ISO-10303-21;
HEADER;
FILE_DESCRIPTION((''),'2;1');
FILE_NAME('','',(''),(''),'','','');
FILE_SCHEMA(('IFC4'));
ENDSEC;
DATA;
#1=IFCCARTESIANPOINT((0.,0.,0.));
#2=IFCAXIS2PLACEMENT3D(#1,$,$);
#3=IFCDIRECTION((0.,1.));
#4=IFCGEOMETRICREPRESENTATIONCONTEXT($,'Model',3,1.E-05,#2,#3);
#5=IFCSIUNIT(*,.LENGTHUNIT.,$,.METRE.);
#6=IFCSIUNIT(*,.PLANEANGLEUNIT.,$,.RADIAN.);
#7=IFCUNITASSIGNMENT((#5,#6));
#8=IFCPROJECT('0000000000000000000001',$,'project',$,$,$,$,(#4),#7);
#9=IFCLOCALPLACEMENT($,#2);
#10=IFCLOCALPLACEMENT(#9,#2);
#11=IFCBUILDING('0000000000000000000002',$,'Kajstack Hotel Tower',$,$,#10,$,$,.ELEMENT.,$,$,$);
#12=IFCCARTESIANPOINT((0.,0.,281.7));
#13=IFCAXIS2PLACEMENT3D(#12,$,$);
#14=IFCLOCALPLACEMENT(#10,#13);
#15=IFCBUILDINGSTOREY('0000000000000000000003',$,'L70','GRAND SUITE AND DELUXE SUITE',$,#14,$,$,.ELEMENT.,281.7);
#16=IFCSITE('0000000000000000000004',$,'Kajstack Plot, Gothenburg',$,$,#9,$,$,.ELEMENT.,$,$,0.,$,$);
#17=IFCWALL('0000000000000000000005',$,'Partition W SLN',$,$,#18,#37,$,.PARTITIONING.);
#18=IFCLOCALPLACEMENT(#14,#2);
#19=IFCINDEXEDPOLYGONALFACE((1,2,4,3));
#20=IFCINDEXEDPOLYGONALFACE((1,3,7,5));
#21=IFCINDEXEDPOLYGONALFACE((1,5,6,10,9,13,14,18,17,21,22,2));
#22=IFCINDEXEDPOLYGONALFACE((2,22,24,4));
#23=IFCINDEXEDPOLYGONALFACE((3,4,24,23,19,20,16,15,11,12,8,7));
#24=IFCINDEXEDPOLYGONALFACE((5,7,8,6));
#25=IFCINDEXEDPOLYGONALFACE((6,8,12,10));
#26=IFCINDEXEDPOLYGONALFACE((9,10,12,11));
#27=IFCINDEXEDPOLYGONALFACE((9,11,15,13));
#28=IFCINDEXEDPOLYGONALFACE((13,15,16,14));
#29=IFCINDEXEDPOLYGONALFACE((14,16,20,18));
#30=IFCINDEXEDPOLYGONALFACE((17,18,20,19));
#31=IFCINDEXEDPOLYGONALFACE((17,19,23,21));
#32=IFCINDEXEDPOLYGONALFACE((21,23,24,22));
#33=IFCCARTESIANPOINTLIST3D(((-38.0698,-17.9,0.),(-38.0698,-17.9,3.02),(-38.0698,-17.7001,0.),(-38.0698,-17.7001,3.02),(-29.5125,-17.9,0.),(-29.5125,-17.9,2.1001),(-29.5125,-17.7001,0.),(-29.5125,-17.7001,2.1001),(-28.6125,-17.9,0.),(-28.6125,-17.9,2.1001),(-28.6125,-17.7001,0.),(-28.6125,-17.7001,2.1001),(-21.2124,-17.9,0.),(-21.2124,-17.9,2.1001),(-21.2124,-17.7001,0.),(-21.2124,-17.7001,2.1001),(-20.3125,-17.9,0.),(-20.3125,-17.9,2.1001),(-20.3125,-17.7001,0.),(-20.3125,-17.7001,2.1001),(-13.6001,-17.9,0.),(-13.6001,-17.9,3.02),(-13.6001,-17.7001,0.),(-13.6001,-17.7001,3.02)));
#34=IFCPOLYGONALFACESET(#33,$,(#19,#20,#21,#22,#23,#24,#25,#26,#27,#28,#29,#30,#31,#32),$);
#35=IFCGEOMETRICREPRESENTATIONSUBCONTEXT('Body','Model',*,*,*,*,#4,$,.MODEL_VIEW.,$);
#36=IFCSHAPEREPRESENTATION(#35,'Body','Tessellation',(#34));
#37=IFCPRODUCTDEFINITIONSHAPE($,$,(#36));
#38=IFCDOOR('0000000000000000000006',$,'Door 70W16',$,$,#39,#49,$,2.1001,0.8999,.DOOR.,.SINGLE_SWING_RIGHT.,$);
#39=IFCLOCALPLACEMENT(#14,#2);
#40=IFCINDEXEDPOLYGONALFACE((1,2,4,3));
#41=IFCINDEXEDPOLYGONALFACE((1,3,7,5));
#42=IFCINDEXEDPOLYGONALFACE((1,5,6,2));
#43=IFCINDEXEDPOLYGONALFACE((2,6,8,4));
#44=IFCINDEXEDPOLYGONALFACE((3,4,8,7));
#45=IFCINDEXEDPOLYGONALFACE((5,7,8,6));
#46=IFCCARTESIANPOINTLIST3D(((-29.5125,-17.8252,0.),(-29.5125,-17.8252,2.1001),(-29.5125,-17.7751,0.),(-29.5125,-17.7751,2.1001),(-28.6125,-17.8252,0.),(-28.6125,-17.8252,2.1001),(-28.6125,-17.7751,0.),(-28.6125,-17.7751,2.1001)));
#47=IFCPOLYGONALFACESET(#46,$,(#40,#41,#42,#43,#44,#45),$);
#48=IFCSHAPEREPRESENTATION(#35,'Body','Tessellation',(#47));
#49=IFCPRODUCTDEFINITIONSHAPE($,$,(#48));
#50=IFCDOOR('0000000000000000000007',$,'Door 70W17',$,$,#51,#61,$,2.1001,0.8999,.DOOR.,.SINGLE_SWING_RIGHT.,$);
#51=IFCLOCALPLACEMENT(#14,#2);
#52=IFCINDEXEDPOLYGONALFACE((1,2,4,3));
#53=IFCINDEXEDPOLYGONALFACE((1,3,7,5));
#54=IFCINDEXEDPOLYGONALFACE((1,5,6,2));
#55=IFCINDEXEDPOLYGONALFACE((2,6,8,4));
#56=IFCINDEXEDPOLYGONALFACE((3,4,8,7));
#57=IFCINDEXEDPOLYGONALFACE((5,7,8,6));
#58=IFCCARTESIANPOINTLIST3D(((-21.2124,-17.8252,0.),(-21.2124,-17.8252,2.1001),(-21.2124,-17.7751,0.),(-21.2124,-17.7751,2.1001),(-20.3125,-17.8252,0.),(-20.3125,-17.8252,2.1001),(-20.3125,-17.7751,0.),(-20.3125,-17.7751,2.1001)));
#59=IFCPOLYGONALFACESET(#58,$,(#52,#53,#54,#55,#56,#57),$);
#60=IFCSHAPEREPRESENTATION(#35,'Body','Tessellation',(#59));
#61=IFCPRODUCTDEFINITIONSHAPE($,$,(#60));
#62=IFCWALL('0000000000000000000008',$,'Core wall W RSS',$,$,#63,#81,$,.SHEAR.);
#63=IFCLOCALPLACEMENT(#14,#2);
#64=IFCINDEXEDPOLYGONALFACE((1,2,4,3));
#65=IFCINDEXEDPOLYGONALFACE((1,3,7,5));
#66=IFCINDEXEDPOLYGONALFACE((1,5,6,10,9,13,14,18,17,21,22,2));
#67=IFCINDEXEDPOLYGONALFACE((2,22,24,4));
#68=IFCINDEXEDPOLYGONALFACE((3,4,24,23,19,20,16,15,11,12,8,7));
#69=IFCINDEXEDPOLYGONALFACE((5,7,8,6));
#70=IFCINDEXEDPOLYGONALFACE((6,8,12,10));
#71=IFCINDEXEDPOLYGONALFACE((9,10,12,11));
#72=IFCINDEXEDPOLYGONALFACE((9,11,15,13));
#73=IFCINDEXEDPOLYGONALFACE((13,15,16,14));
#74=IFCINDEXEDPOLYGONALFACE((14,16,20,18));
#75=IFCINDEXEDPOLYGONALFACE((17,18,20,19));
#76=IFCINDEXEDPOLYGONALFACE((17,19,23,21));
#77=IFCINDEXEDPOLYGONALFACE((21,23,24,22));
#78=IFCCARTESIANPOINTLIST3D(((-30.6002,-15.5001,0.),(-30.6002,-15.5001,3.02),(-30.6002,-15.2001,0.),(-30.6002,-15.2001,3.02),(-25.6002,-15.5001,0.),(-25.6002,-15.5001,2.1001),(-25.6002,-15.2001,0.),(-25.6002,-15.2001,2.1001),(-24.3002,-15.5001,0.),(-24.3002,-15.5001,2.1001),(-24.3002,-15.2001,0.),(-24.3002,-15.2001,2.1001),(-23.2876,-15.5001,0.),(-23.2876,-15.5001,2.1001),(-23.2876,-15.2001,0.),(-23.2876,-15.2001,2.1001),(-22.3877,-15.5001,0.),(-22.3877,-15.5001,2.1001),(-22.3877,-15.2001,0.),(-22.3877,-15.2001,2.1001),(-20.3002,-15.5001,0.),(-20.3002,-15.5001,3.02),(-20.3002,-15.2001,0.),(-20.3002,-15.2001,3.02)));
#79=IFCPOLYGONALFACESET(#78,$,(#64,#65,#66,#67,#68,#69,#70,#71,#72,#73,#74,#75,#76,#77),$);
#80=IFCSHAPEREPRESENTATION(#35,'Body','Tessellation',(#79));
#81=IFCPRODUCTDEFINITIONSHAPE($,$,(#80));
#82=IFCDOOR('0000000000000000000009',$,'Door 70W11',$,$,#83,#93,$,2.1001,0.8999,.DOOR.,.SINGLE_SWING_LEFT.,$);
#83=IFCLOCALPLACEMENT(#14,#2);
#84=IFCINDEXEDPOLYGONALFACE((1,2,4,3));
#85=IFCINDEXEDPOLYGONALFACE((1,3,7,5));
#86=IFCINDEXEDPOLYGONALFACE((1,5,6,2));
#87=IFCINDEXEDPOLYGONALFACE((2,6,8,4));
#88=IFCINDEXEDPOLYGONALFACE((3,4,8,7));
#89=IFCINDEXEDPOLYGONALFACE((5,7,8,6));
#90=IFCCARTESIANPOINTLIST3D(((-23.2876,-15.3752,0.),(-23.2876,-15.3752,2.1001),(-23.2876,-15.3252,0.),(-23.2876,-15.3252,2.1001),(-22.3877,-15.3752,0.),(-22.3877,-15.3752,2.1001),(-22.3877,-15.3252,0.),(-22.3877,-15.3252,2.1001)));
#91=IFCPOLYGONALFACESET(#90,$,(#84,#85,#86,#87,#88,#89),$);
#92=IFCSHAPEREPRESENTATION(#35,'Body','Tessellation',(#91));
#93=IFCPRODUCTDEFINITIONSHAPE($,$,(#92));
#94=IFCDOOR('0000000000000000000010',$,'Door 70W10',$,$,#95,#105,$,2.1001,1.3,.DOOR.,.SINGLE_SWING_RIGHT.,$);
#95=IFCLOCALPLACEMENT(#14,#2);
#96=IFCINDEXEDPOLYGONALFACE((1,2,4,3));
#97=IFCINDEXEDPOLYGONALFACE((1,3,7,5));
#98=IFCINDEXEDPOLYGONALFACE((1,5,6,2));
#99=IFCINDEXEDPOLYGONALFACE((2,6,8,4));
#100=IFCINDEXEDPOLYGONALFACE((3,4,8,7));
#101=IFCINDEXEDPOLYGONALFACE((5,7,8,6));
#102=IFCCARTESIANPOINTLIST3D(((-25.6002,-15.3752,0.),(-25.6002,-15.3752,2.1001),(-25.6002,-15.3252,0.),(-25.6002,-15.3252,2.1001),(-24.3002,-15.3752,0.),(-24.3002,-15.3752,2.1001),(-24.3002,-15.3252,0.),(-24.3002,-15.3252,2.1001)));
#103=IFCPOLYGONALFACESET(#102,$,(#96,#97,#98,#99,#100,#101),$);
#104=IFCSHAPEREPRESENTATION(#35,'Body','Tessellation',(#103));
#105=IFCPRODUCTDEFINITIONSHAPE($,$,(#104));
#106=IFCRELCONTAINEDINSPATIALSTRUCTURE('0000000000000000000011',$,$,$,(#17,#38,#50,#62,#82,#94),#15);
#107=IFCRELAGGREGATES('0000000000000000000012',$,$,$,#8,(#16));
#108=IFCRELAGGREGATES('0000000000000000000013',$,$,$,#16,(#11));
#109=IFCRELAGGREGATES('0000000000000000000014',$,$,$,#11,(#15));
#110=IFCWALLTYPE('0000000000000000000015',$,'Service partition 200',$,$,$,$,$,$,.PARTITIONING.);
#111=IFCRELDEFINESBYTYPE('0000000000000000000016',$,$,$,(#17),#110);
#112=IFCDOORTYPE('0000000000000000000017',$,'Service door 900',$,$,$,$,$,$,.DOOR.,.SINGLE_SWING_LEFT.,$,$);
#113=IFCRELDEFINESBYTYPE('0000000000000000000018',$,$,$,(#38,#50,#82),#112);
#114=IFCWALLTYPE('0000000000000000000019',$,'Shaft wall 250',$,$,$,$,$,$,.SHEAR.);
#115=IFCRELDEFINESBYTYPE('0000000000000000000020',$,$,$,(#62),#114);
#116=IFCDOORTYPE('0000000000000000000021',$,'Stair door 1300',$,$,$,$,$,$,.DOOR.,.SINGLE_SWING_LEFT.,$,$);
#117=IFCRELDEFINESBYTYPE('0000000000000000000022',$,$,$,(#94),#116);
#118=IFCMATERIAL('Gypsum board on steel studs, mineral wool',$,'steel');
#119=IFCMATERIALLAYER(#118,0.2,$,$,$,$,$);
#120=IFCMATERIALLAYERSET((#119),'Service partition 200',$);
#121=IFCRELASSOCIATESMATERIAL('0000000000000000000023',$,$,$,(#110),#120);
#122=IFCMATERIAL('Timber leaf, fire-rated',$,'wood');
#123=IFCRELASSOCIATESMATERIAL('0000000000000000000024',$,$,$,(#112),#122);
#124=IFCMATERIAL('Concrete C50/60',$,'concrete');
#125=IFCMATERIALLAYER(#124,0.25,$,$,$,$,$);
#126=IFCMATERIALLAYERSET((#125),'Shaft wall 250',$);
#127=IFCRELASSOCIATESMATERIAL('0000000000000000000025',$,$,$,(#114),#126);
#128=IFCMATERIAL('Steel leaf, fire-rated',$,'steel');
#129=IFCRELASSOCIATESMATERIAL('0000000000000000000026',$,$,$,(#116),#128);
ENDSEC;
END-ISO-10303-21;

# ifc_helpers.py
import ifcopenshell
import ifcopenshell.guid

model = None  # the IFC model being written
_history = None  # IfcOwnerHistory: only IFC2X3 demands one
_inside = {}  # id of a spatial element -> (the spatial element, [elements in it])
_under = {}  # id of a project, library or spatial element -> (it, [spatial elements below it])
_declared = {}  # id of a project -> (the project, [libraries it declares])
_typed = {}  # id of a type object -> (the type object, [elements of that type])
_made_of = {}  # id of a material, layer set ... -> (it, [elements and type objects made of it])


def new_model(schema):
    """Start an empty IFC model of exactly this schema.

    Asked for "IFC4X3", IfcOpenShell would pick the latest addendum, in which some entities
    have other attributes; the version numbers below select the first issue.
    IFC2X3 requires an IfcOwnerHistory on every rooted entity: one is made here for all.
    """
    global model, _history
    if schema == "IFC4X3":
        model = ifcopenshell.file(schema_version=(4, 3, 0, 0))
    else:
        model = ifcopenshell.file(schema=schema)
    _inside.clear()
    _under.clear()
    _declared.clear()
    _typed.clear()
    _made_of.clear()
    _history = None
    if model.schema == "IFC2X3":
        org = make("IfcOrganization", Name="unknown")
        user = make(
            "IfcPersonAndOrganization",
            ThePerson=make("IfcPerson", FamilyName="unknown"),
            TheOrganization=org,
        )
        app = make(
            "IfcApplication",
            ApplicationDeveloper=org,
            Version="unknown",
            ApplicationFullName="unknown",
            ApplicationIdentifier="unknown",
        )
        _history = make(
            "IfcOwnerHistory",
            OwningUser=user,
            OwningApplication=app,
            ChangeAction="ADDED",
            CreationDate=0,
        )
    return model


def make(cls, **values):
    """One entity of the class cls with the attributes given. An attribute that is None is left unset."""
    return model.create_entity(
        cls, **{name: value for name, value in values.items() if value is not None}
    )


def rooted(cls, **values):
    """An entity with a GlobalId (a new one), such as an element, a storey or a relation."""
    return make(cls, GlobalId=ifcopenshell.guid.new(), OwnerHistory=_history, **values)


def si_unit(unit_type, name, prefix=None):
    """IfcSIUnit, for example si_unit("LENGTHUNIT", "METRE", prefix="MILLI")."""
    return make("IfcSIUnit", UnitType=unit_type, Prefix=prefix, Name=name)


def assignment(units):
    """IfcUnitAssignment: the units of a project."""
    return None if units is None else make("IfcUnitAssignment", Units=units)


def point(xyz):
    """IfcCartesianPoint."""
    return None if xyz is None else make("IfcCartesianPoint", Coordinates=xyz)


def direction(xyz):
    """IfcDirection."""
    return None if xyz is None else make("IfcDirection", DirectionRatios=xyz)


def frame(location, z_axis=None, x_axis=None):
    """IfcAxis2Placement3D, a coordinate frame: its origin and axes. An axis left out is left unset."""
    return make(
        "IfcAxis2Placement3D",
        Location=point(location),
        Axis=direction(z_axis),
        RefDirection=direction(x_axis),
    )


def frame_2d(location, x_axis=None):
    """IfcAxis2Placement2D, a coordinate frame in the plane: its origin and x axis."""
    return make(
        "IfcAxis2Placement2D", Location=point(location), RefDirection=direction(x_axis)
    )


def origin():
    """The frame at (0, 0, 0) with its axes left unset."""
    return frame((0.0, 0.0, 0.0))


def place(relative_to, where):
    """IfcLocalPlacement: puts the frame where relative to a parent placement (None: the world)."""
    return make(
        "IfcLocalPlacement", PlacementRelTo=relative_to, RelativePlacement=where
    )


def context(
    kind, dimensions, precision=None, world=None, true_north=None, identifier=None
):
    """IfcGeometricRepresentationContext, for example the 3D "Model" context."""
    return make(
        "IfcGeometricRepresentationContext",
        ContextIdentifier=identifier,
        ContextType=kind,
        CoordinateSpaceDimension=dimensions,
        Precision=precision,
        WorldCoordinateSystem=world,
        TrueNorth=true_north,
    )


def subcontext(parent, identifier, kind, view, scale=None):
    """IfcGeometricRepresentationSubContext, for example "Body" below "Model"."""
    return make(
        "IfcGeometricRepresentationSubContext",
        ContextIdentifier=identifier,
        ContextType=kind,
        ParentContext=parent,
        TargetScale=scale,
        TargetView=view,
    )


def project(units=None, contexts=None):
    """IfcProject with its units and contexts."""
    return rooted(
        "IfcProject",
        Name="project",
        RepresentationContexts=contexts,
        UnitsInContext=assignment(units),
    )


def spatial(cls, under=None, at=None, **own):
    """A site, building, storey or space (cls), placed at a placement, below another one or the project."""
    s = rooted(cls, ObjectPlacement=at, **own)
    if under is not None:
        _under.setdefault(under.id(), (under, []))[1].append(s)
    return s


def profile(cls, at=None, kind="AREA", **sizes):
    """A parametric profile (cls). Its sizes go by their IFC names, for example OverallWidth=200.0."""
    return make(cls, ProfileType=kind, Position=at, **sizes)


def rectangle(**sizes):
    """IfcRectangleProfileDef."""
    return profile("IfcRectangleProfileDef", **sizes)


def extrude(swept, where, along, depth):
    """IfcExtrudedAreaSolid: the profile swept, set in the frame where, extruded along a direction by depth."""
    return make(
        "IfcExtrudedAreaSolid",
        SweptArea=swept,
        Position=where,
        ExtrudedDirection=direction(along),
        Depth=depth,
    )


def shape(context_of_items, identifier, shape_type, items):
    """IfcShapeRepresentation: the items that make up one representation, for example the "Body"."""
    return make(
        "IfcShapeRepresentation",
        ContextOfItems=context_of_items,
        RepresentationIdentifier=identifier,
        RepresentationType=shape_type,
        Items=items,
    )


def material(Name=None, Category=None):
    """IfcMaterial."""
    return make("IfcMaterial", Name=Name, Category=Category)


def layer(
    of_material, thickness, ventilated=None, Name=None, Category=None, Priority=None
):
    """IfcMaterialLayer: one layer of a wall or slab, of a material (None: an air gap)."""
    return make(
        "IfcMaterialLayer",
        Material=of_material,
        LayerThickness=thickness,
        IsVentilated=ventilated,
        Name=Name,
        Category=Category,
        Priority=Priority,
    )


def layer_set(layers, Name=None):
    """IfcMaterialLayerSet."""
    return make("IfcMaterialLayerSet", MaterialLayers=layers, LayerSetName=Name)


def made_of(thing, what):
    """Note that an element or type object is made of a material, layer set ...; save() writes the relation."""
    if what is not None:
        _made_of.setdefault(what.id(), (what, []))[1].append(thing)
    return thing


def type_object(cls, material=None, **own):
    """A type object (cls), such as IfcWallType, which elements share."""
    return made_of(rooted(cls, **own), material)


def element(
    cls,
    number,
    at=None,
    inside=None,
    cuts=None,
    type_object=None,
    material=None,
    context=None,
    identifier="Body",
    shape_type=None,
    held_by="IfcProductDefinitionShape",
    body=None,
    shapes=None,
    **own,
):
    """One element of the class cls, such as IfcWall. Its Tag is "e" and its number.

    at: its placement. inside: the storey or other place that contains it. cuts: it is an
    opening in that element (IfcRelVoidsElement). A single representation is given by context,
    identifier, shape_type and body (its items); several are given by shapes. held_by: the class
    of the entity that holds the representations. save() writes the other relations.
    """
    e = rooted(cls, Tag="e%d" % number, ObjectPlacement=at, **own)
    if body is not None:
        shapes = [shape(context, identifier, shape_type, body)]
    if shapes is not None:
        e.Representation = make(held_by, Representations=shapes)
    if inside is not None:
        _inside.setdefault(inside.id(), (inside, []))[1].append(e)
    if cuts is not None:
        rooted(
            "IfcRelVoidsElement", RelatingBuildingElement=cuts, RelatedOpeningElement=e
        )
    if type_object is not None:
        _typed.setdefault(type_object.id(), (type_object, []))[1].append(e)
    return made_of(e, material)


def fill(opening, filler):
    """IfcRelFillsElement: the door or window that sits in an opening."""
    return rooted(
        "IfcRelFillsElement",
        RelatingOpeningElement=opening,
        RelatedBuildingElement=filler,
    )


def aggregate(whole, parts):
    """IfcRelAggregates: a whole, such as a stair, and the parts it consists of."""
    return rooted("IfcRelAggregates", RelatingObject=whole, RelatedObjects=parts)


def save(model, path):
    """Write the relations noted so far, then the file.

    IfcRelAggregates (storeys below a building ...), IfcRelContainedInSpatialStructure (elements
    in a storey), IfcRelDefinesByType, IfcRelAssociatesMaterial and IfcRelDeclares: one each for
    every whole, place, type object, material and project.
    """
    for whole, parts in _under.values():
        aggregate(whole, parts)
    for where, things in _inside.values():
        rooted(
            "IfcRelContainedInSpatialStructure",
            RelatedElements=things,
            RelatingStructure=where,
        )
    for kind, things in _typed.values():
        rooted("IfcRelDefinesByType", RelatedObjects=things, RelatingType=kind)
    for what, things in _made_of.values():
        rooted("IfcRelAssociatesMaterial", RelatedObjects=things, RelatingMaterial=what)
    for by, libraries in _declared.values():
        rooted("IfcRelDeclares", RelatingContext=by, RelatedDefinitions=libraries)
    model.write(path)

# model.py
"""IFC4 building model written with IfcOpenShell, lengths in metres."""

from ifc_helpers import new_model, si_unit, direction, frame, frame_2d, origin, place, context, subcontext, project, spatial, rectangle, extrude, material, layer, layer_set, type_object, element, fill, save


model = new_model("IFC4")

# Units and contexts
model_context = context("Model", 3, precision=1e-05, world=origin(), true_north=direction((0.0, 1.0)))
body_context = subcontext(model_context, "Body", "Model", "MODEL_VIEW")
ifc_project = project(units=[si_unit("LENGTHUNIT", "METRE"), si_unit("PLANEANGLEUNIT", "RADIAN")], contexts=[model_context])

# Site, building, storey
site_placement = place(None, origin())
site = spatial("IfcSite", under=ifc_project, at=site_placement, Name="Kajstack Plot, Gothenburg", CompositionType="ELEMENT", RefElevation=0.0)
building_placement = place(site_placement, origin())
building = spatial("IfcBuilding", under=site, at=building_placement, Name="Kajstack Hotel Tower", CompositionType="ELEMENT")
storey_placement = place(building_placement, frame((0.0, 0.0, 281.7)))
storey = spatial("IfcBuildingStorey", under=building, at=storey_placement, Name="L70", Description="GRAND SUITE AND DELUXE SUITE", CompositionType="ELEMENT", Elevation=281.7)

# Shared definitions
ifc_material_1 = material(Name="Gypsum board on steel studs, mineral wool", Category="steel")
ifc_layer_1 = layer(ifc_material_1, 0.2)
ifc_layer_set_1 = layer_set([ifc_layer_1], Name="Service partition 200")
wall_type_1 = type_object("IfcWallType", Name="Service partition 200", PredefinedType="PARTITIONING", material=ifc_layer_set_1)
ifc_material_2 = material(Name="Timber leaf, fire-rated", Category="wood")
door_type_1 = type_object("IfcDoorType", Name="Service door 900", OperationType="SINGLE_SWING_LEFT", PredefinedType="DOOR", material=ifc_material_2)

# Walls, openings, doors
wall_1_placement = place(storey_placement, frame((-38.0698, -17.8, 0.0), z_axis=(0.0, 0.0, 1.0), x_axis=(1.0, 0.0, 0.0)))
wall_1 = element("IfcWall", 1, at=wall_1_placement, inside=storey, type_object=wall_type_1, Name="Partition W SLN", PredefinedType="PARTITIONING", context=body_context, shape_type="SweptSolid", body=[
    extrude(rectangle(XDim=24.4697, YDim=0.2, at=frame_2d((12.2349, 0.0))), origin(), (0.0, 0.0, 1.0), 3.02),
])
opening_1_placement = place(wall_1_placement, frame((8.5574, 0.0, 0.0)))
opening_1 = element("IfcOpeningElement", 2, at=opening_1_placement, cuts=wall_1, PredefinedType="OPENING", context=body_context, shape_type="SweptSolid", body=[
    extrude(rectangle(XDim=0.8999, YDim=2.1001, at=frame_2d((0.45, 1.05))), frame((0.0, 0.1099, 0.0), z_axis=(0.0, -1.0, 0.0), x_axis=(1.0, 0.0, 0.0)), (0.0, 0.0, 1.0), 0.22),
])
opening_2_placement = place(wall_1_placement, frame((16.8574, 0.0, 0.0)))
opening_2 = element("IfcOpeningElement", 3, at=opening_2_placement, cuts=wall_1, PredefinedType="OPENING", context=body_context, shape_type="SweptSolid", body=[
    extrude(rectangle(XDim=0.8999, YDim=2.1001, at=frame_2d((0.45, 1.05))), frame((0.0, 0.1099, 0.0), z_axis=(0.0, -1.0, 0.0), x_axis=(1.0, 0.0, 0.0)), (0.0, 0.0, 1.0), 0.22),
])
door_1_placement = place(opening_1_placement, origin())
door_1 = element("IfcDoor", 4, at=door_1_placement, inside=storey, type_object=door_type_1, Name="Door 70W16", OperationType="SINGLE_SWING_RIGHT", OverallHeight=2.1001, OverallWidth=0.8999, PredefinedType="DOOR", context=body_context, shape_type="SweptSolid", body=[
    extrude(rectangle(XDim=0.8999, YDim=2.1001, at=frame_2d((0.45, 1.05))), frame((0.0, 0.0249, 0.0), z_axis=(0.0, -1.0, 0.0), x_axis=(1.0, 0.0, 0.0)), (0.0, 0.0, 1.0), 0.05),
])
fill(opening_1, door_1)
door_2_placement = place(opening_2_placement, origin())
door_2 = element("IfcDoor", 5, at=door_2_placement, inside=storey, type_object=door_type_1, Name="Door 70W17", OperationType="SINGLE_SWING_RIGHT", OverallHeight=2.1001, OverallWidth=0.8999, PredefinedType="DOOR", context=body_context, shape_type="SweptSolid", body=[
    extrude(rectangle(XDim=0.8999, YDim=2.1001, at=frame_2d((0.45, 1.05))), frame((0.0, 0.0249, 0.0), z_axis=(0.0, -1.0, 0.0), x_axis=(1.0, 0.0, 0.0)), (0.0, 0.0, 1.0), 0.05),
])
fill(opening_2, door_2)
ifc_material_3 = material(Name="Concrete C50/60", Category="concrete")
ifc_layer_2 = layer(ifc_material_3, 0.25)
ifc_layer_set_2 = layer_set([ifc_layer_2], Name="Shaft wall 250")
wall_type_2 = type_object("IfcWallType", Name="Shaft wall 250", PredefinedType="SHEAR", material=ifc_layer_set_2)
wall_2_placement = place(storey_placement, frame((-30.6001, -15.3501, 0.0), z_axis=(0.0, 0.0, 1.0), x_axis=(1.0, 0.0, 0.0)))
wall_2 = element("IfcWall", 6, at=wall_2_placement, inside=storey, type_object=wall_type_2, Name="Core wall W RSS", PredefinedType="SHEAR", context=body_context, shape_type="SweptSolid", body=[
    extrude(rectangle(XDim=10.3, YDim=0.3, at=frame_2d((5.1499, 0.0))), origin(), (0.0, 0.0, 1.0), 3.02),
])
opening_3_placement = place(wall_2_placement, frame((5.0, 0.0, 0.0)))
opening_3 = element("IfcOpeningElement", 7, at=opening_3_placement, cuts=wall_2, PredefinedType="OPENING", context=body_context, shape_type="SweptSolid", body=[
    extrude(rectangle(XDim=1.3, YDim=2.1001, at=frame_2d((0.6499, 1.05))), frame((0.0, 0.1599, 0.0), z_axis=(0.0, -1.0, 0.0), x_axis=(1.0, 0.0, 0.0)), (0.0, 0.0, 1.0), 0.3201),
])
opening_4_placement = place(wall_2_placement, frame((7.3125, 0.0, 0.0)))
opening_4 = element("IfcOpeningElement", 8, at=opening_4_placement, cuts=wall_2, PredefinedType="OPENING", context=body_context, shape_type="SweptSolid", body=[
    extrude(rectangle(XDim=0.8999, YDim=2.1001, at=frame_2d((0.45, 1.05))), frame((0.0, 0.1599, 0.0), z_axis=(0.0, -1.0, 0.0), x_axis=(1.0, 0.0, 0.0)), (0.0, 0.0, 1.0), 0.3201),
])
door_3_placement = place(opening_4_placement, origin())
door_3 = element("IfcDoor", 9, at=door_3_placement, inside=storey, type_object=door_type_1, Name="Door 70W11", OperationType="SINGLE_SWING_LEFT", OverallHeight=2.1001, OverallWidth=0.8999, PredefinedType="DOOR", context=body_context, shape_type="SweptSolid", body=[
    extrude(rectangle(XDim=0.8999, YDim=2.1001, at=frame_2d((0.45, 1.05))), frame((0.0, 0.0249, 0.0), z_axis=(0.0, -1.0, 0.0), x_axis=(1.0, 0.0, 0.0)), (0.0, 0.0, 1.0), 0.05),
])
fill(opening_4, door_3)
ifc_material_4 = material(Name="Steel leaf, fire-rated", Category="steel")
door_type_2 = type_object("IfcDoorType", Name="Stair door 1300", OperationType="SINGLE_SWING_LEFT", PredefinedType="DOOR", material=ifc_material_4)
door_4_placement = place(opening_3_placement, origin())
door_4 = element("IfcDoor", 10, at=door_4_placement, inside=storey, type_object=door_type_2, Name="Door 70W10", OperationType="SINGLE_SWING_RIGHT", OverallHeight=2.1001, OverallWidth=1.3, PredefinedType="DOOR", context=body_context, shape_type="SweptSolid", body=[
    extrude(rectangle(XDim=1.3, YDim=2.1001, at=frame_2d((0.6499, 1.05))), frame((0.0, 0.0249, 0.0), z_axis=(0.0, -1.0, 0.0), x_axis=(1.0, 0.0, 0.0)), (0.0, 0.0, 1.0), 0.05),
])
fill(opening_3, door_4)

save(model, "model.ifc")
